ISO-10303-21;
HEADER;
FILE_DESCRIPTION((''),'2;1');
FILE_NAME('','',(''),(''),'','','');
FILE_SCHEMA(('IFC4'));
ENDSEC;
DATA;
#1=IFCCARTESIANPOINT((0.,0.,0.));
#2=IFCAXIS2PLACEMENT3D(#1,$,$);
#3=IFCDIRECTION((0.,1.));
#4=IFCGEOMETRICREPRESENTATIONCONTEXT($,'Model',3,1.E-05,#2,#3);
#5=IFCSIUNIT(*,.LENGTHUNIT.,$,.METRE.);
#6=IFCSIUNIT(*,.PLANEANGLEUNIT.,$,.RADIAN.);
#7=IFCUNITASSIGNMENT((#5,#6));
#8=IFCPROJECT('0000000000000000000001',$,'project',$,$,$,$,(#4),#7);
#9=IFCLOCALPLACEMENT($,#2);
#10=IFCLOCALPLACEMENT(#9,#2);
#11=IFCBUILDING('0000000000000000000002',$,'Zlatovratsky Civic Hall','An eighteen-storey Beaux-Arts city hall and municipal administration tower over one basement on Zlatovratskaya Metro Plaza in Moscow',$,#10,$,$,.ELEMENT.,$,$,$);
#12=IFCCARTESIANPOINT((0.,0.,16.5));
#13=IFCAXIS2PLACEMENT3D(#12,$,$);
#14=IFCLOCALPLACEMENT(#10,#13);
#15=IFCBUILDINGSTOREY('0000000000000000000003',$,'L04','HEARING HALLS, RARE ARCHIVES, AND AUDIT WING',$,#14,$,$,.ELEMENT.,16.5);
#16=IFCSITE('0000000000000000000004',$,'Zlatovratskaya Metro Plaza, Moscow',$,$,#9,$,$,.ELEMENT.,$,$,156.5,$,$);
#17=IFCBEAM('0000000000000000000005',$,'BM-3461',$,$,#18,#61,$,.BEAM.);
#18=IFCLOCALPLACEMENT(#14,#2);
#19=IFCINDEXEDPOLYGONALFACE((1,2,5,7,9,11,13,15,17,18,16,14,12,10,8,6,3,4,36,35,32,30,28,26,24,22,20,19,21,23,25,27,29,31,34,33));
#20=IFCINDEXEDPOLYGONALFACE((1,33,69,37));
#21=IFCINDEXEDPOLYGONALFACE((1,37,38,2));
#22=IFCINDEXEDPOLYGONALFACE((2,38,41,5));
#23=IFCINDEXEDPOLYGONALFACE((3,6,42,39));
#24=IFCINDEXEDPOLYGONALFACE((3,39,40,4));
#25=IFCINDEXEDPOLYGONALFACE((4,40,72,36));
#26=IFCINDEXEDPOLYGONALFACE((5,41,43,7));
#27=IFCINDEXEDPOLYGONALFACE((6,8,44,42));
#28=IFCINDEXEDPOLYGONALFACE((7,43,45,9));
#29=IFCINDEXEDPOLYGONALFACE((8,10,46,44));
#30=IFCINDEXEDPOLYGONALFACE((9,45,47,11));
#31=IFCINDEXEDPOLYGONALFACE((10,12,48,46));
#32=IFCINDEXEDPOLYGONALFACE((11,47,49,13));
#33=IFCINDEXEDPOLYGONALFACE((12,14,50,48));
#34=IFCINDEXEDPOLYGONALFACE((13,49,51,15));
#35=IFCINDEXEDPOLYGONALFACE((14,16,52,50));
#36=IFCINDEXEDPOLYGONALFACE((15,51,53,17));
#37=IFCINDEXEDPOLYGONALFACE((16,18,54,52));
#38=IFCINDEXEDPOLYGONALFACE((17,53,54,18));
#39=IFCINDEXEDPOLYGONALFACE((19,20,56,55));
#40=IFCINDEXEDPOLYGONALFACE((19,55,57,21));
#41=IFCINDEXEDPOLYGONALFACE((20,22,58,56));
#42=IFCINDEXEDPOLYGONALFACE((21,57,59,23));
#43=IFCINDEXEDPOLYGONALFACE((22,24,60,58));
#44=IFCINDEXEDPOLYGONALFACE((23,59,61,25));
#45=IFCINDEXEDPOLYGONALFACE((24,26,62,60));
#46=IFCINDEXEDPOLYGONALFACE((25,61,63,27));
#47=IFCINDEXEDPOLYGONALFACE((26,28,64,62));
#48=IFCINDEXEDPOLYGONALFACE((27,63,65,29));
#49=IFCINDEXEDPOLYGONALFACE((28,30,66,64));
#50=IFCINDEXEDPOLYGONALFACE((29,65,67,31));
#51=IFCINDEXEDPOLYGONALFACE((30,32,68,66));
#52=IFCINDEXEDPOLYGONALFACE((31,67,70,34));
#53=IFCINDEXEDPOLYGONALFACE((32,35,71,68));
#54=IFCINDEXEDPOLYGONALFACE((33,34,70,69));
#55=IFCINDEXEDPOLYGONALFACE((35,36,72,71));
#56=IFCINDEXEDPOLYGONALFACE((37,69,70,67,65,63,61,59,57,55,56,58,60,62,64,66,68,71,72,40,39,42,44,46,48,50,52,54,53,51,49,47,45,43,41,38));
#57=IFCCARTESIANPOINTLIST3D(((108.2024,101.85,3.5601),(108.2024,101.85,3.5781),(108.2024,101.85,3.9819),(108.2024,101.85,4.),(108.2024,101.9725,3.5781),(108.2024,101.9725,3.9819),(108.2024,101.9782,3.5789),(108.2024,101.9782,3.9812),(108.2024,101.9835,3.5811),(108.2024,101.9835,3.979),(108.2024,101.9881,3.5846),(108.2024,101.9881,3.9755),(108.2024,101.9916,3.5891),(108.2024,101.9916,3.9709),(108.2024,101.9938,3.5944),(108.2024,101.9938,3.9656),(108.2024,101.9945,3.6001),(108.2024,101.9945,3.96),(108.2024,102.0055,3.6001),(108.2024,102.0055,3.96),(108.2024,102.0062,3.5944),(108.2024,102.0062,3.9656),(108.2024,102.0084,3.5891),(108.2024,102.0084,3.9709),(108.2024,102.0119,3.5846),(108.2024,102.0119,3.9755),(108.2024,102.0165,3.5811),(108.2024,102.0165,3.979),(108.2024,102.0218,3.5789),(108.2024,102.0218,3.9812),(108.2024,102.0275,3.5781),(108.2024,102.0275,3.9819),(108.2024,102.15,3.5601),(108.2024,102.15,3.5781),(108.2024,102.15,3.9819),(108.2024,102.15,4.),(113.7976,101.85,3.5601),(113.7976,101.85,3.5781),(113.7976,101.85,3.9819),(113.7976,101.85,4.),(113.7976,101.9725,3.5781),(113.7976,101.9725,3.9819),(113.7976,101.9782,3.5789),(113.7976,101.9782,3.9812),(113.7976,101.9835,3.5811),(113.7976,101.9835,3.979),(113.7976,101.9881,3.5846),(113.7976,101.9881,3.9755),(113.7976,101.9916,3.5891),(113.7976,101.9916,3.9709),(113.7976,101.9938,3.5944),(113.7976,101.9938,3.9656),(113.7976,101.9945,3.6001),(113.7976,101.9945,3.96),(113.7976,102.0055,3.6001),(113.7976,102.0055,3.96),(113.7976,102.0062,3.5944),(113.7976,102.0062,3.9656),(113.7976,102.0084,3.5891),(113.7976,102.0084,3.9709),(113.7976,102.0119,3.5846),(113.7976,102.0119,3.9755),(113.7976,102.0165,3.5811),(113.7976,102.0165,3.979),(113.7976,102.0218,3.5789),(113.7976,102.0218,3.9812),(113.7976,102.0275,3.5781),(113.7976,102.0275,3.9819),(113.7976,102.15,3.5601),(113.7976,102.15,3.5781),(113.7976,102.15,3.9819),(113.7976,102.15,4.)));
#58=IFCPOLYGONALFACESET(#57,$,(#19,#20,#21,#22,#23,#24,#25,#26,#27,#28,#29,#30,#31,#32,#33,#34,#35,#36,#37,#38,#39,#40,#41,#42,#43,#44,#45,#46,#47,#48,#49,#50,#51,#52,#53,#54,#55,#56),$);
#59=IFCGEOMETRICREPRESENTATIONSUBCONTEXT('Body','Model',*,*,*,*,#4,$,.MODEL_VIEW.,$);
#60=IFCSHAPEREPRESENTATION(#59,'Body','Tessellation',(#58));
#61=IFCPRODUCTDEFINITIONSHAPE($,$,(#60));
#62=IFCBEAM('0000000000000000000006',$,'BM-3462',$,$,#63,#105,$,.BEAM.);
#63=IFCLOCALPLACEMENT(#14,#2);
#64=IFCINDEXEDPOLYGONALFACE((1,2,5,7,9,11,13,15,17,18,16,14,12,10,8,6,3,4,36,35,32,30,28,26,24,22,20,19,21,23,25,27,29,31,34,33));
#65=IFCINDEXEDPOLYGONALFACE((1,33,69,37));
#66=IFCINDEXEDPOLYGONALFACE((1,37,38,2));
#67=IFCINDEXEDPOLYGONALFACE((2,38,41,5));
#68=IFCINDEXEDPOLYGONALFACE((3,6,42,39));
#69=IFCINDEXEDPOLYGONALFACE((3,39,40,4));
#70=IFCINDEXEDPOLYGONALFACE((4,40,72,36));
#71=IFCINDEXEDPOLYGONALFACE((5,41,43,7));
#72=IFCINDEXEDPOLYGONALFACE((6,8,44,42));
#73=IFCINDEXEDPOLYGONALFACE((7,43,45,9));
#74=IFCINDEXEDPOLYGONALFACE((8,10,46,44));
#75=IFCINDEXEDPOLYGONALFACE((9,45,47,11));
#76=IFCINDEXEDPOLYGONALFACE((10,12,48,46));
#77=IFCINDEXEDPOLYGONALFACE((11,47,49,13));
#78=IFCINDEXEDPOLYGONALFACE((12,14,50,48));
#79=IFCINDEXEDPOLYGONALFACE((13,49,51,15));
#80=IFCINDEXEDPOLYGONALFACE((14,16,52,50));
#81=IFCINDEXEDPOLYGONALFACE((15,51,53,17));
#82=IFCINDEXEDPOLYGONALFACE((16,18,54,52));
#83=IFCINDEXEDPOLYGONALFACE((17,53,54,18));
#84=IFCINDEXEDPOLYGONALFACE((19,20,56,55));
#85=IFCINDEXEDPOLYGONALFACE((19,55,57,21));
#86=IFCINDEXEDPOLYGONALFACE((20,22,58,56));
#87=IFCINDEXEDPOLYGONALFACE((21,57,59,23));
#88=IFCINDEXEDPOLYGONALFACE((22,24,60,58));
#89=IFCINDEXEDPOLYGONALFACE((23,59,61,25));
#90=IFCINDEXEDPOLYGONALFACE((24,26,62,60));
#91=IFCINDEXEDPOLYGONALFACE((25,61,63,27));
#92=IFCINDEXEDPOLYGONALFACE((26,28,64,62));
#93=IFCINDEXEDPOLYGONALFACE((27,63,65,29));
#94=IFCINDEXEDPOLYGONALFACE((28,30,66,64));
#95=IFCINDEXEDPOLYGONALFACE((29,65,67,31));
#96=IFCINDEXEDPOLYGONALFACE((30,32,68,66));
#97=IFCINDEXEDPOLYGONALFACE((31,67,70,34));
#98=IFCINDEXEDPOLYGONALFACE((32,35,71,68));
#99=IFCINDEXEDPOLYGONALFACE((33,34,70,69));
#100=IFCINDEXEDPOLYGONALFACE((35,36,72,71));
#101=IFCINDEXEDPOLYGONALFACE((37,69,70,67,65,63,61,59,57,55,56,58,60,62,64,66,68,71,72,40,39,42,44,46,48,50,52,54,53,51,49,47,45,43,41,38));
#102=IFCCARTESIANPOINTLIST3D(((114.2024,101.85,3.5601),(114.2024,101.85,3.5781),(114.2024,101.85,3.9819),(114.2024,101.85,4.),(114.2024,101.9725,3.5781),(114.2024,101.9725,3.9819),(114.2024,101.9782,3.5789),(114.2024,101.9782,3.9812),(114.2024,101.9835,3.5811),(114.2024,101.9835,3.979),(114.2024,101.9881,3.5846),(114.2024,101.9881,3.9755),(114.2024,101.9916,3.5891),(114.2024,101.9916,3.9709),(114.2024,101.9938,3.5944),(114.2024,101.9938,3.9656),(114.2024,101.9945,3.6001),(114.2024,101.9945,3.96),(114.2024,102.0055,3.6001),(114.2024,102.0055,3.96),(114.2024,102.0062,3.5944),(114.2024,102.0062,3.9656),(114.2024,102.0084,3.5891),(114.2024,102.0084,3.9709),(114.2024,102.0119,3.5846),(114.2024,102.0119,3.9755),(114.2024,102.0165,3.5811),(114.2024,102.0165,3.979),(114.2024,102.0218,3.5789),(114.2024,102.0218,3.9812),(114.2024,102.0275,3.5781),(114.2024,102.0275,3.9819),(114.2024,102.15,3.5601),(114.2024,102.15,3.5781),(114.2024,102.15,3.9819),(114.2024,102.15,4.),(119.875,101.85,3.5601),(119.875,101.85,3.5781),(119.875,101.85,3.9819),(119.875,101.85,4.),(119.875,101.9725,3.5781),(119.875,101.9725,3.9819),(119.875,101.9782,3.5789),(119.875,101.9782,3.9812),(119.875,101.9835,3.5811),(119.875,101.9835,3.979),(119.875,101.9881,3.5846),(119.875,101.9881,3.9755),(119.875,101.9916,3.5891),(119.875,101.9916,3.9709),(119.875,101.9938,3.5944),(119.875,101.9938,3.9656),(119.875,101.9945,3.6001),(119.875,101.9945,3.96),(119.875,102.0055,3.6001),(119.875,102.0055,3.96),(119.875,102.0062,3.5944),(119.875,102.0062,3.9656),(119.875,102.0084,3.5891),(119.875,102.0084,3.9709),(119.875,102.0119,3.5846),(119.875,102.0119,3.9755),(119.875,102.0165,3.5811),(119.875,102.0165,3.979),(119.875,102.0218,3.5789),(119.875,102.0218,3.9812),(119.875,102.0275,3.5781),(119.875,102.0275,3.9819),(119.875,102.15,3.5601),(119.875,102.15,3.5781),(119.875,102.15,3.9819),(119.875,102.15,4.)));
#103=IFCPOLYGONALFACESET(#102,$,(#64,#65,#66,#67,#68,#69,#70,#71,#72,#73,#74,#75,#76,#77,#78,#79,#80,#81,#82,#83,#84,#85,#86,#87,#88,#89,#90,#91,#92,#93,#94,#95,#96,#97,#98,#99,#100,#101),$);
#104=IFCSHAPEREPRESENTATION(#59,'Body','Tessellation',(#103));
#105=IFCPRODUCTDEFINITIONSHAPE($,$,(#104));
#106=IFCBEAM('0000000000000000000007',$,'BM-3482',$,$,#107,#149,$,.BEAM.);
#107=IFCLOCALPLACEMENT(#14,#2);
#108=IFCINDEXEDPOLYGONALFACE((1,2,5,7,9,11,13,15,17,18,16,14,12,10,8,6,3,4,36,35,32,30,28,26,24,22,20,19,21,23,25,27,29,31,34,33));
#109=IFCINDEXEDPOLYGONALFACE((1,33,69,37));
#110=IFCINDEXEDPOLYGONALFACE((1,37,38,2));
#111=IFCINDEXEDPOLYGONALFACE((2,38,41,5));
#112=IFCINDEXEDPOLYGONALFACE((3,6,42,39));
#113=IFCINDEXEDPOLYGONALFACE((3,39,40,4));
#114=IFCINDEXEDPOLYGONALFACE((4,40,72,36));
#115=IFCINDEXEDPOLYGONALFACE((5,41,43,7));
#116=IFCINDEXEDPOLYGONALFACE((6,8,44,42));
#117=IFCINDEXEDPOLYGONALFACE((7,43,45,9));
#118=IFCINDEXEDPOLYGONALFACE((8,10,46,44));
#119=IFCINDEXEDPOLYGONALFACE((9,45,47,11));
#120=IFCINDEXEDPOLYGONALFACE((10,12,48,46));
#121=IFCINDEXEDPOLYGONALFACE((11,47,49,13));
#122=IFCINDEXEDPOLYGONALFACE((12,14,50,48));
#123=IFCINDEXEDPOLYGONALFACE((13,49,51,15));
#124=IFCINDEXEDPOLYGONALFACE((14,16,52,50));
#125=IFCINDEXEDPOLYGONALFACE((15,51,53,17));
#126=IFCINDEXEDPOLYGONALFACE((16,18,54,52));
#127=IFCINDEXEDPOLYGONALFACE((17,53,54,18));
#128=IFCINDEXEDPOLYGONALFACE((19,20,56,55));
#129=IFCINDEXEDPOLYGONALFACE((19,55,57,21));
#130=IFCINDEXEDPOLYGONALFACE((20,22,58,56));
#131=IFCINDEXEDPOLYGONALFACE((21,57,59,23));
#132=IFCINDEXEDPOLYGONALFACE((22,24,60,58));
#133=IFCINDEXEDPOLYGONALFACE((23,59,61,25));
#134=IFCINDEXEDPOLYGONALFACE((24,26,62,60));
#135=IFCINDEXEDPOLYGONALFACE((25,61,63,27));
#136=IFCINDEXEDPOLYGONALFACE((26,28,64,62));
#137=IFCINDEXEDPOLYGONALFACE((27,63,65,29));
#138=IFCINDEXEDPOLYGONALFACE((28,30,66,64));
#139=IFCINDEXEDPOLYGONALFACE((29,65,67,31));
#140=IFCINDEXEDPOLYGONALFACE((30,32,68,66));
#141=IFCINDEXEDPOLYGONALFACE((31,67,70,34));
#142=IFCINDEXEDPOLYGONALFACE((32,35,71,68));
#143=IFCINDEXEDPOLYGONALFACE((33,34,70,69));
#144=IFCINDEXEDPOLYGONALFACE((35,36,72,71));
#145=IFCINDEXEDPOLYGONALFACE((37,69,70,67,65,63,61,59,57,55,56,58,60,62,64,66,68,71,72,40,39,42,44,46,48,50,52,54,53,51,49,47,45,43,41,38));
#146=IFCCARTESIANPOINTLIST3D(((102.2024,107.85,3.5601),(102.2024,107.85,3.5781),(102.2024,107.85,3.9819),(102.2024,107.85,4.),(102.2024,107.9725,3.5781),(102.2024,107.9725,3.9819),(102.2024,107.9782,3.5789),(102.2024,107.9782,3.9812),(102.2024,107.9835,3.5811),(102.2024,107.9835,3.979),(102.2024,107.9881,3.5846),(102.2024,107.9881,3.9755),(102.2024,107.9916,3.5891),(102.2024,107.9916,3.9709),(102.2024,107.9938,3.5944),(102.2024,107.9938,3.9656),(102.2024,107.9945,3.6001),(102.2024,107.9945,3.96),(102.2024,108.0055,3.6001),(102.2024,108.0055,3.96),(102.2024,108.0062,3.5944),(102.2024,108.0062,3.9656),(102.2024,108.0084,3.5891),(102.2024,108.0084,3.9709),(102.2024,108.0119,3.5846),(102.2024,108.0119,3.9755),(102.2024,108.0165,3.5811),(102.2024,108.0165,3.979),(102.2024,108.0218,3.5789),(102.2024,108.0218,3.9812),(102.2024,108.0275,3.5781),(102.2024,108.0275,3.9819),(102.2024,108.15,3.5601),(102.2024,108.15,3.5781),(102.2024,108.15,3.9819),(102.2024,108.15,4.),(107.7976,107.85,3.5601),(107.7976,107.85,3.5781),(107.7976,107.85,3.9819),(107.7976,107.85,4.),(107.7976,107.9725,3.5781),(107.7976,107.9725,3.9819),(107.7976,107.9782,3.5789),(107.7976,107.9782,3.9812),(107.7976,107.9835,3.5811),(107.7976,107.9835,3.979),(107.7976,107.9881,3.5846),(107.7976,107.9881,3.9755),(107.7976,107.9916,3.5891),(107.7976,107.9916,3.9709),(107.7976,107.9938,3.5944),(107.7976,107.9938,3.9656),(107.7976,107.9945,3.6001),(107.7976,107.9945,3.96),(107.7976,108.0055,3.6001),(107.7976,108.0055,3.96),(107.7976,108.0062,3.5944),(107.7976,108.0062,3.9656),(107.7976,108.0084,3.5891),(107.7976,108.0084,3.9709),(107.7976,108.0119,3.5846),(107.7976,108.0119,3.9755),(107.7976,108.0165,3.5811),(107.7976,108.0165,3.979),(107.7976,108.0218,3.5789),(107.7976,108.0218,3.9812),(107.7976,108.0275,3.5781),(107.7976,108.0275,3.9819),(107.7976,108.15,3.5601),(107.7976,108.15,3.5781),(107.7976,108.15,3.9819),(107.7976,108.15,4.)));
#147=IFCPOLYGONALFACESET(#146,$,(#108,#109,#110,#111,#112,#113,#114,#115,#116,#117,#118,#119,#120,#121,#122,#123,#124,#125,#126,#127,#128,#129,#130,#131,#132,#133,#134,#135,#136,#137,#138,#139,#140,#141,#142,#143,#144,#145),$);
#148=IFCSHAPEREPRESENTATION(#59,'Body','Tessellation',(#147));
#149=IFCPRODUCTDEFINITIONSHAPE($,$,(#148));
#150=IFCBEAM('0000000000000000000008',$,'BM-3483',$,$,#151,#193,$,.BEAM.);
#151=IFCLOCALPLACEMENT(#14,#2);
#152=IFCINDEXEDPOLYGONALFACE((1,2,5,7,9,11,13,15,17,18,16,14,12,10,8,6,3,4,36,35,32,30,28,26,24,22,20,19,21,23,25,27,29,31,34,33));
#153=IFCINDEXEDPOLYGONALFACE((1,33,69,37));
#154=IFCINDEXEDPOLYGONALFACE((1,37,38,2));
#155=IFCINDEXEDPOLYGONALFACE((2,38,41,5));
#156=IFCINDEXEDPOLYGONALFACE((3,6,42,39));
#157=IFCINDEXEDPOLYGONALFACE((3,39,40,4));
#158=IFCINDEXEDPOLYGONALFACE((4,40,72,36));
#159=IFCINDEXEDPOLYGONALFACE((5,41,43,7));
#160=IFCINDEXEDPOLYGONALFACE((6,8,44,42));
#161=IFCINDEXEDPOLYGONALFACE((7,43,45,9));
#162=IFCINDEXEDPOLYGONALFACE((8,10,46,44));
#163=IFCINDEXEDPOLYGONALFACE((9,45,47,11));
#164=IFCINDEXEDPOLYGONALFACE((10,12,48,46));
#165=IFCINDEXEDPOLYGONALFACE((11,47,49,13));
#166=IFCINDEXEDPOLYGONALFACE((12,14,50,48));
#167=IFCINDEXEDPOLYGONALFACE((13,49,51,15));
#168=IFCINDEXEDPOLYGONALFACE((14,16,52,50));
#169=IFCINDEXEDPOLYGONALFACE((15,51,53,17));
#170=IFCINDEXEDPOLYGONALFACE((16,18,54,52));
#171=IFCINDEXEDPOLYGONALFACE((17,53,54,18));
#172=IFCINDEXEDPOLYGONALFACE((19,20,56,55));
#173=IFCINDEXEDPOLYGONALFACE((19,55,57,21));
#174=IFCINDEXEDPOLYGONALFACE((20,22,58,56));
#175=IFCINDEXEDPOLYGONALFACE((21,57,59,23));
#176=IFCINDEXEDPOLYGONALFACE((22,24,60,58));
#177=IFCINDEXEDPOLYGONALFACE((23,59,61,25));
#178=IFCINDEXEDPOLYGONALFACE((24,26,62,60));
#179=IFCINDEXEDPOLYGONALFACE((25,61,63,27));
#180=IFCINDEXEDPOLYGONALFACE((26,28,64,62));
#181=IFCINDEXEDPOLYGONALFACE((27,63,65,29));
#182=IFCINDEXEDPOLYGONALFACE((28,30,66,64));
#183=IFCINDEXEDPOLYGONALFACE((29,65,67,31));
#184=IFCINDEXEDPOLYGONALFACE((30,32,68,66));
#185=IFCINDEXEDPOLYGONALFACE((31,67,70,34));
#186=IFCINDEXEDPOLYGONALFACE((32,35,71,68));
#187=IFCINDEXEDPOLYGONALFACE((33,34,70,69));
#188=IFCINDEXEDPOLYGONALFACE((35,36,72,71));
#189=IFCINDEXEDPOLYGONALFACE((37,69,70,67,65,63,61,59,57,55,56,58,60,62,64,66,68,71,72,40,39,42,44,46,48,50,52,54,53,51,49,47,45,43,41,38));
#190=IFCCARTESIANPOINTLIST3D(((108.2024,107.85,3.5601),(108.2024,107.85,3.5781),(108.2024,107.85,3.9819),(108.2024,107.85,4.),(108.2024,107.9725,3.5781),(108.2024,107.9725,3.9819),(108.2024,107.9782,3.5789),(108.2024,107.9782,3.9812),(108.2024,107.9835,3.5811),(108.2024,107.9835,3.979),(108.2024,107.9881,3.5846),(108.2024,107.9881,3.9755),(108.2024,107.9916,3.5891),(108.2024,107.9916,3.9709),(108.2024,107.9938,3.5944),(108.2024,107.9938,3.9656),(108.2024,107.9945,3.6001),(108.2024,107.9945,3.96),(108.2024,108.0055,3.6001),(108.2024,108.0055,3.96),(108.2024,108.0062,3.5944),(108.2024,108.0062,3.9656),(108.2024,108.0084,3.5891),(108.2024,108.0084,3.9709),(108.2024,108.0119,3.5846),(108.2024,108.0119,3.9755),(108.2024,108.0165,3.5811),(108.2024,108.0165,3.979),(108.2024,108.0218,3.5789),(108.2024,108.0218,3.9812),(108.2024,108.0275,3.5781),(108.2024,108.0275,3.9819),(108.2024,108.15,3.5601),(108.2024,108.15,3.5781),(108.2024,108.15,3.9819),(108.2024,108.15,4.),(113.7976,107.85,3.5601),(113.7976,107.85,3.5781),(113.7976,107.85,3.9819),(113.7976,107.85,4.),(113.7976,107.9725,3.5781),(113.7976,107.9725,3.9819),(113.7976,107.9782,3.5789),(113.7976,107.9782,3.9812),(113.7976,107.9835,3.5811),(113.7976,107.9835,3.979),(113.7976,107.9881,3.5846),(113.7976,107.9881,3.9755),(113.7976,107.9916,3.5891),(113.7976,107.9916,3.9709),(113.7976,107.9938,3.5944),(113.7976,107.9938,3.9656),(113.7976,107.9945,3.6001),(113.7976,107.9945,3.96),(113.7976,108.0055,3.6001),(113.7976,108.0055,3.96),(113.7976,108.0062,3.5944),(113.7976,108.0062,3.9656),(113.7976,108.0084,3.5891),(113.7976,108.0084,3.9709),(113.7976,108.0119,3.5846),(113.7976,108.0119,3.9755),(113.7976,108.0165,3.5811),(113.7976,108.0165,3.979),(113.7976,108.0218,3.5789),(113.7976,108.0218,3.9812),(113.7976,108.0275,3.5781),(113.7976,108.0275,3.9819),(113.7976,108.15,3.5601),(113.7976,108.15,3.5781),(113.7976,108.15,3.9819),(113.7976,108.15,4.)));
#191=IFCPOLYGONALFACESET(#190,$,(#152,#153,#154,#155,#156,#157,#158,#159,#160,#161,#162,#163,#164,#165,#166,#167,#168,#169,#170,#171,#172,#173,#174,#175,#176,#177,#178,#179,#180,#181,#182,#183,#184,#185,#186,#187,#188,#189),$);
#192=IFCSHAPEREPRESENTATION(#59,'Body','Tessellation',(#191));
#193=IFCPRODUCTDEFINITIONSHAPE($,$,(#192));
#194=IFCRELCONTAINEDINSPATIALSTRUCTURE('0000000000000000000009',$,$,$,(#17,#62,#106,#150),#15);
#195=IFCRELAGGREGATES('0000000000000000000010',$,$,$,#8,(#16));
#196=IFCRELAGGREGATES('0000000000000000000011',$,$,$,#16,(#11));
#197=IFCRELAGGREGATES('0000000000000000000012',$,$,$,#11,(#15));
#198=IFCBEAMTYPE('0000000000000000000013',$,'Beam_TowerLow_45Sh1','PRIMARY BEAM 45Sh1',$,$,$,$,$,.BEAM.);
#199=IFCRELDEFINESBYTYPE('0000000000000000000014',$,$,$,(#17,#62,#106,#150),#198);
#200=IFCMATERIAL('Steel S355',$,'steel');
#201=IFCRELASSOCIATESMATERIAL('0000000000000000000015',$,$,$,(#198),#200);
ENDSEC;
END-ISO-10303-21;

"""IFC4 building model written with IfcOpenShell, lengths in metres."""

from ifc_helpers import new_model, si_unit, direction, frame, origin, origin_2d, place, context, subcontext, project, spatial, i_section, extrude, material, material_profile, profile_set, type_object, element, save


model = new_model("IFC4")

# Units and contexts
model_context = context("Model", 3, precision=1e-05, world=origin(), true_north=direction((0.0, 1.0)))
body_context = subcontext(model_context, "Body", "Model", "MODEL_VIEW")
ifc_project = project(units=[si_unit("LENGTHUNIT", "METRE"), si_unit("PLANEANGLEUNIT", "RADIAN")], contexts=[model_context])

# Site, building, storey
site_placement = place(None, origin())
site = spatial("IfcSite", under=ifc_project, at=site_placement, Name="Zlatovratskaya Metro Plaza, Moscow", CompositionType="ELEMENT", RefElevation=156.5)
building_placement = place(site_placement, origin())
building = spatial("IfcBuilding", under=site, at=building_placement, Name="Zlatovratsky Civic Hall", Description="An eighteen-storey Beaux-Arts city hall and municipal administration tower over one basement on Zlatovratskaya Metro Plaza in Moscow", CompositionType="ELEMENT")
storey_placement = place(building_placement, frame((0.0, 0.0, 16.5)))
storey = spatial("IfcBuildingStorey", under=building, at=storey_placement, Name="L04", Description="HEARING HALLS, RARE ARCHIVES, AND AUDIT WING", CompositionType="ELEMENT", Elevation=16.5)

# Shared definitions
ifc_material_1 = material(Name="Steel S355", Category="steel")

# Beams
ifc_material_profile_1 = material_profile(ifc_material_1, i_section(OverallWidth=0.3, OverallDepth=0.4399, WebThickness=0.011, FlangeThickness=0.0181, FilletRadius=0.022, at=origin_2d()), Name="45Sh1")
ifc_profile_set_1 = profile_set([ifc_material_profile_1], Name="Steel S355")
beam_type_1 = type_object("IfcBeamType", Name="Beam_TowerLow_45Sh1", Description="PRIMARY BEAM 45Sh1", PredefinedType="BEAM", material=ifc_profile_set_1)
beam_1_placement = place(storey_placement, frame((108.2024, 102.0, 3.78), z_axis=(1.0, 0.0, 0.0), x_axis=(0.0, 1.0, 0.0)))
element("IfcBeam", 1, at=beam_1_placement, inside=storey, type_object=beam_type_1, Name="BM-3461", PredefinedType="BEAM", context=body_context, shape_type="SweptSolid", body=[
    extrude(i_section(OverallWidth=0.3, OverallDepth=0.4399, WebThickness=0.011, FlangeThickness=0.0181, FilletRadius=0.022, at=origin_2d()), origin(), (0.0, 0.0, 1.0), 5.5952),
])
beam_2_placement = place(storey_placement, frame((114.2024, 102.0, 3.78), z_axis=(1.0, 0.0, 0.0), x_axis=(0.0, 1.0, 0.0)))
element("IfcBeam", 2, at=beam_2_placement, inside=storey, type_object=beam_type_1, Name="BM-3462", PredefinedType="BEAM", context=body_context, shape_type="SweptSolid", body=[
    extrude(i_section(OverallWidth=0.3, OverallDepth=0.4399, WebThickness=0.011, FlangeThickness=0.0181, FilletRadius=0.022, at=origin_2d()), origin(), (0.0, 0.0, 1.0), 5.6726),
])
for number, where, z_axis, x_axis, name in (
    (3, (102.2024, 108.0, 3.78), (1.0, 0.0, 0.0), (0.0, 1.0, 0.0), "BM-3482"),
    (4, (108.2024, 108.0, 3.78), (1.0, 0.0, 0.0), (0.0, 1.0, 0.0), "BM-3483"),
):
    element("IfcBeam", number, at=place(storey_placement, frame(where, z_axis=z_axis, x_axis=x_axis)), inside=storey, type_object=beam_type_1, Name=name, PredefinedType="BEAM", context=body_context, shape_type="SweptSolid", body=[
        extrude(i_section(OverallWidth=0.3, OverallDepth=0.4399, WebThickness=0.011, FlangeThickness=0.0181, FilletRadius=0.022, at=origin_2d()), origin(), (0.0, 0.0, 1.0), 5.5952),
    ])

save(model, "model.ifc")
